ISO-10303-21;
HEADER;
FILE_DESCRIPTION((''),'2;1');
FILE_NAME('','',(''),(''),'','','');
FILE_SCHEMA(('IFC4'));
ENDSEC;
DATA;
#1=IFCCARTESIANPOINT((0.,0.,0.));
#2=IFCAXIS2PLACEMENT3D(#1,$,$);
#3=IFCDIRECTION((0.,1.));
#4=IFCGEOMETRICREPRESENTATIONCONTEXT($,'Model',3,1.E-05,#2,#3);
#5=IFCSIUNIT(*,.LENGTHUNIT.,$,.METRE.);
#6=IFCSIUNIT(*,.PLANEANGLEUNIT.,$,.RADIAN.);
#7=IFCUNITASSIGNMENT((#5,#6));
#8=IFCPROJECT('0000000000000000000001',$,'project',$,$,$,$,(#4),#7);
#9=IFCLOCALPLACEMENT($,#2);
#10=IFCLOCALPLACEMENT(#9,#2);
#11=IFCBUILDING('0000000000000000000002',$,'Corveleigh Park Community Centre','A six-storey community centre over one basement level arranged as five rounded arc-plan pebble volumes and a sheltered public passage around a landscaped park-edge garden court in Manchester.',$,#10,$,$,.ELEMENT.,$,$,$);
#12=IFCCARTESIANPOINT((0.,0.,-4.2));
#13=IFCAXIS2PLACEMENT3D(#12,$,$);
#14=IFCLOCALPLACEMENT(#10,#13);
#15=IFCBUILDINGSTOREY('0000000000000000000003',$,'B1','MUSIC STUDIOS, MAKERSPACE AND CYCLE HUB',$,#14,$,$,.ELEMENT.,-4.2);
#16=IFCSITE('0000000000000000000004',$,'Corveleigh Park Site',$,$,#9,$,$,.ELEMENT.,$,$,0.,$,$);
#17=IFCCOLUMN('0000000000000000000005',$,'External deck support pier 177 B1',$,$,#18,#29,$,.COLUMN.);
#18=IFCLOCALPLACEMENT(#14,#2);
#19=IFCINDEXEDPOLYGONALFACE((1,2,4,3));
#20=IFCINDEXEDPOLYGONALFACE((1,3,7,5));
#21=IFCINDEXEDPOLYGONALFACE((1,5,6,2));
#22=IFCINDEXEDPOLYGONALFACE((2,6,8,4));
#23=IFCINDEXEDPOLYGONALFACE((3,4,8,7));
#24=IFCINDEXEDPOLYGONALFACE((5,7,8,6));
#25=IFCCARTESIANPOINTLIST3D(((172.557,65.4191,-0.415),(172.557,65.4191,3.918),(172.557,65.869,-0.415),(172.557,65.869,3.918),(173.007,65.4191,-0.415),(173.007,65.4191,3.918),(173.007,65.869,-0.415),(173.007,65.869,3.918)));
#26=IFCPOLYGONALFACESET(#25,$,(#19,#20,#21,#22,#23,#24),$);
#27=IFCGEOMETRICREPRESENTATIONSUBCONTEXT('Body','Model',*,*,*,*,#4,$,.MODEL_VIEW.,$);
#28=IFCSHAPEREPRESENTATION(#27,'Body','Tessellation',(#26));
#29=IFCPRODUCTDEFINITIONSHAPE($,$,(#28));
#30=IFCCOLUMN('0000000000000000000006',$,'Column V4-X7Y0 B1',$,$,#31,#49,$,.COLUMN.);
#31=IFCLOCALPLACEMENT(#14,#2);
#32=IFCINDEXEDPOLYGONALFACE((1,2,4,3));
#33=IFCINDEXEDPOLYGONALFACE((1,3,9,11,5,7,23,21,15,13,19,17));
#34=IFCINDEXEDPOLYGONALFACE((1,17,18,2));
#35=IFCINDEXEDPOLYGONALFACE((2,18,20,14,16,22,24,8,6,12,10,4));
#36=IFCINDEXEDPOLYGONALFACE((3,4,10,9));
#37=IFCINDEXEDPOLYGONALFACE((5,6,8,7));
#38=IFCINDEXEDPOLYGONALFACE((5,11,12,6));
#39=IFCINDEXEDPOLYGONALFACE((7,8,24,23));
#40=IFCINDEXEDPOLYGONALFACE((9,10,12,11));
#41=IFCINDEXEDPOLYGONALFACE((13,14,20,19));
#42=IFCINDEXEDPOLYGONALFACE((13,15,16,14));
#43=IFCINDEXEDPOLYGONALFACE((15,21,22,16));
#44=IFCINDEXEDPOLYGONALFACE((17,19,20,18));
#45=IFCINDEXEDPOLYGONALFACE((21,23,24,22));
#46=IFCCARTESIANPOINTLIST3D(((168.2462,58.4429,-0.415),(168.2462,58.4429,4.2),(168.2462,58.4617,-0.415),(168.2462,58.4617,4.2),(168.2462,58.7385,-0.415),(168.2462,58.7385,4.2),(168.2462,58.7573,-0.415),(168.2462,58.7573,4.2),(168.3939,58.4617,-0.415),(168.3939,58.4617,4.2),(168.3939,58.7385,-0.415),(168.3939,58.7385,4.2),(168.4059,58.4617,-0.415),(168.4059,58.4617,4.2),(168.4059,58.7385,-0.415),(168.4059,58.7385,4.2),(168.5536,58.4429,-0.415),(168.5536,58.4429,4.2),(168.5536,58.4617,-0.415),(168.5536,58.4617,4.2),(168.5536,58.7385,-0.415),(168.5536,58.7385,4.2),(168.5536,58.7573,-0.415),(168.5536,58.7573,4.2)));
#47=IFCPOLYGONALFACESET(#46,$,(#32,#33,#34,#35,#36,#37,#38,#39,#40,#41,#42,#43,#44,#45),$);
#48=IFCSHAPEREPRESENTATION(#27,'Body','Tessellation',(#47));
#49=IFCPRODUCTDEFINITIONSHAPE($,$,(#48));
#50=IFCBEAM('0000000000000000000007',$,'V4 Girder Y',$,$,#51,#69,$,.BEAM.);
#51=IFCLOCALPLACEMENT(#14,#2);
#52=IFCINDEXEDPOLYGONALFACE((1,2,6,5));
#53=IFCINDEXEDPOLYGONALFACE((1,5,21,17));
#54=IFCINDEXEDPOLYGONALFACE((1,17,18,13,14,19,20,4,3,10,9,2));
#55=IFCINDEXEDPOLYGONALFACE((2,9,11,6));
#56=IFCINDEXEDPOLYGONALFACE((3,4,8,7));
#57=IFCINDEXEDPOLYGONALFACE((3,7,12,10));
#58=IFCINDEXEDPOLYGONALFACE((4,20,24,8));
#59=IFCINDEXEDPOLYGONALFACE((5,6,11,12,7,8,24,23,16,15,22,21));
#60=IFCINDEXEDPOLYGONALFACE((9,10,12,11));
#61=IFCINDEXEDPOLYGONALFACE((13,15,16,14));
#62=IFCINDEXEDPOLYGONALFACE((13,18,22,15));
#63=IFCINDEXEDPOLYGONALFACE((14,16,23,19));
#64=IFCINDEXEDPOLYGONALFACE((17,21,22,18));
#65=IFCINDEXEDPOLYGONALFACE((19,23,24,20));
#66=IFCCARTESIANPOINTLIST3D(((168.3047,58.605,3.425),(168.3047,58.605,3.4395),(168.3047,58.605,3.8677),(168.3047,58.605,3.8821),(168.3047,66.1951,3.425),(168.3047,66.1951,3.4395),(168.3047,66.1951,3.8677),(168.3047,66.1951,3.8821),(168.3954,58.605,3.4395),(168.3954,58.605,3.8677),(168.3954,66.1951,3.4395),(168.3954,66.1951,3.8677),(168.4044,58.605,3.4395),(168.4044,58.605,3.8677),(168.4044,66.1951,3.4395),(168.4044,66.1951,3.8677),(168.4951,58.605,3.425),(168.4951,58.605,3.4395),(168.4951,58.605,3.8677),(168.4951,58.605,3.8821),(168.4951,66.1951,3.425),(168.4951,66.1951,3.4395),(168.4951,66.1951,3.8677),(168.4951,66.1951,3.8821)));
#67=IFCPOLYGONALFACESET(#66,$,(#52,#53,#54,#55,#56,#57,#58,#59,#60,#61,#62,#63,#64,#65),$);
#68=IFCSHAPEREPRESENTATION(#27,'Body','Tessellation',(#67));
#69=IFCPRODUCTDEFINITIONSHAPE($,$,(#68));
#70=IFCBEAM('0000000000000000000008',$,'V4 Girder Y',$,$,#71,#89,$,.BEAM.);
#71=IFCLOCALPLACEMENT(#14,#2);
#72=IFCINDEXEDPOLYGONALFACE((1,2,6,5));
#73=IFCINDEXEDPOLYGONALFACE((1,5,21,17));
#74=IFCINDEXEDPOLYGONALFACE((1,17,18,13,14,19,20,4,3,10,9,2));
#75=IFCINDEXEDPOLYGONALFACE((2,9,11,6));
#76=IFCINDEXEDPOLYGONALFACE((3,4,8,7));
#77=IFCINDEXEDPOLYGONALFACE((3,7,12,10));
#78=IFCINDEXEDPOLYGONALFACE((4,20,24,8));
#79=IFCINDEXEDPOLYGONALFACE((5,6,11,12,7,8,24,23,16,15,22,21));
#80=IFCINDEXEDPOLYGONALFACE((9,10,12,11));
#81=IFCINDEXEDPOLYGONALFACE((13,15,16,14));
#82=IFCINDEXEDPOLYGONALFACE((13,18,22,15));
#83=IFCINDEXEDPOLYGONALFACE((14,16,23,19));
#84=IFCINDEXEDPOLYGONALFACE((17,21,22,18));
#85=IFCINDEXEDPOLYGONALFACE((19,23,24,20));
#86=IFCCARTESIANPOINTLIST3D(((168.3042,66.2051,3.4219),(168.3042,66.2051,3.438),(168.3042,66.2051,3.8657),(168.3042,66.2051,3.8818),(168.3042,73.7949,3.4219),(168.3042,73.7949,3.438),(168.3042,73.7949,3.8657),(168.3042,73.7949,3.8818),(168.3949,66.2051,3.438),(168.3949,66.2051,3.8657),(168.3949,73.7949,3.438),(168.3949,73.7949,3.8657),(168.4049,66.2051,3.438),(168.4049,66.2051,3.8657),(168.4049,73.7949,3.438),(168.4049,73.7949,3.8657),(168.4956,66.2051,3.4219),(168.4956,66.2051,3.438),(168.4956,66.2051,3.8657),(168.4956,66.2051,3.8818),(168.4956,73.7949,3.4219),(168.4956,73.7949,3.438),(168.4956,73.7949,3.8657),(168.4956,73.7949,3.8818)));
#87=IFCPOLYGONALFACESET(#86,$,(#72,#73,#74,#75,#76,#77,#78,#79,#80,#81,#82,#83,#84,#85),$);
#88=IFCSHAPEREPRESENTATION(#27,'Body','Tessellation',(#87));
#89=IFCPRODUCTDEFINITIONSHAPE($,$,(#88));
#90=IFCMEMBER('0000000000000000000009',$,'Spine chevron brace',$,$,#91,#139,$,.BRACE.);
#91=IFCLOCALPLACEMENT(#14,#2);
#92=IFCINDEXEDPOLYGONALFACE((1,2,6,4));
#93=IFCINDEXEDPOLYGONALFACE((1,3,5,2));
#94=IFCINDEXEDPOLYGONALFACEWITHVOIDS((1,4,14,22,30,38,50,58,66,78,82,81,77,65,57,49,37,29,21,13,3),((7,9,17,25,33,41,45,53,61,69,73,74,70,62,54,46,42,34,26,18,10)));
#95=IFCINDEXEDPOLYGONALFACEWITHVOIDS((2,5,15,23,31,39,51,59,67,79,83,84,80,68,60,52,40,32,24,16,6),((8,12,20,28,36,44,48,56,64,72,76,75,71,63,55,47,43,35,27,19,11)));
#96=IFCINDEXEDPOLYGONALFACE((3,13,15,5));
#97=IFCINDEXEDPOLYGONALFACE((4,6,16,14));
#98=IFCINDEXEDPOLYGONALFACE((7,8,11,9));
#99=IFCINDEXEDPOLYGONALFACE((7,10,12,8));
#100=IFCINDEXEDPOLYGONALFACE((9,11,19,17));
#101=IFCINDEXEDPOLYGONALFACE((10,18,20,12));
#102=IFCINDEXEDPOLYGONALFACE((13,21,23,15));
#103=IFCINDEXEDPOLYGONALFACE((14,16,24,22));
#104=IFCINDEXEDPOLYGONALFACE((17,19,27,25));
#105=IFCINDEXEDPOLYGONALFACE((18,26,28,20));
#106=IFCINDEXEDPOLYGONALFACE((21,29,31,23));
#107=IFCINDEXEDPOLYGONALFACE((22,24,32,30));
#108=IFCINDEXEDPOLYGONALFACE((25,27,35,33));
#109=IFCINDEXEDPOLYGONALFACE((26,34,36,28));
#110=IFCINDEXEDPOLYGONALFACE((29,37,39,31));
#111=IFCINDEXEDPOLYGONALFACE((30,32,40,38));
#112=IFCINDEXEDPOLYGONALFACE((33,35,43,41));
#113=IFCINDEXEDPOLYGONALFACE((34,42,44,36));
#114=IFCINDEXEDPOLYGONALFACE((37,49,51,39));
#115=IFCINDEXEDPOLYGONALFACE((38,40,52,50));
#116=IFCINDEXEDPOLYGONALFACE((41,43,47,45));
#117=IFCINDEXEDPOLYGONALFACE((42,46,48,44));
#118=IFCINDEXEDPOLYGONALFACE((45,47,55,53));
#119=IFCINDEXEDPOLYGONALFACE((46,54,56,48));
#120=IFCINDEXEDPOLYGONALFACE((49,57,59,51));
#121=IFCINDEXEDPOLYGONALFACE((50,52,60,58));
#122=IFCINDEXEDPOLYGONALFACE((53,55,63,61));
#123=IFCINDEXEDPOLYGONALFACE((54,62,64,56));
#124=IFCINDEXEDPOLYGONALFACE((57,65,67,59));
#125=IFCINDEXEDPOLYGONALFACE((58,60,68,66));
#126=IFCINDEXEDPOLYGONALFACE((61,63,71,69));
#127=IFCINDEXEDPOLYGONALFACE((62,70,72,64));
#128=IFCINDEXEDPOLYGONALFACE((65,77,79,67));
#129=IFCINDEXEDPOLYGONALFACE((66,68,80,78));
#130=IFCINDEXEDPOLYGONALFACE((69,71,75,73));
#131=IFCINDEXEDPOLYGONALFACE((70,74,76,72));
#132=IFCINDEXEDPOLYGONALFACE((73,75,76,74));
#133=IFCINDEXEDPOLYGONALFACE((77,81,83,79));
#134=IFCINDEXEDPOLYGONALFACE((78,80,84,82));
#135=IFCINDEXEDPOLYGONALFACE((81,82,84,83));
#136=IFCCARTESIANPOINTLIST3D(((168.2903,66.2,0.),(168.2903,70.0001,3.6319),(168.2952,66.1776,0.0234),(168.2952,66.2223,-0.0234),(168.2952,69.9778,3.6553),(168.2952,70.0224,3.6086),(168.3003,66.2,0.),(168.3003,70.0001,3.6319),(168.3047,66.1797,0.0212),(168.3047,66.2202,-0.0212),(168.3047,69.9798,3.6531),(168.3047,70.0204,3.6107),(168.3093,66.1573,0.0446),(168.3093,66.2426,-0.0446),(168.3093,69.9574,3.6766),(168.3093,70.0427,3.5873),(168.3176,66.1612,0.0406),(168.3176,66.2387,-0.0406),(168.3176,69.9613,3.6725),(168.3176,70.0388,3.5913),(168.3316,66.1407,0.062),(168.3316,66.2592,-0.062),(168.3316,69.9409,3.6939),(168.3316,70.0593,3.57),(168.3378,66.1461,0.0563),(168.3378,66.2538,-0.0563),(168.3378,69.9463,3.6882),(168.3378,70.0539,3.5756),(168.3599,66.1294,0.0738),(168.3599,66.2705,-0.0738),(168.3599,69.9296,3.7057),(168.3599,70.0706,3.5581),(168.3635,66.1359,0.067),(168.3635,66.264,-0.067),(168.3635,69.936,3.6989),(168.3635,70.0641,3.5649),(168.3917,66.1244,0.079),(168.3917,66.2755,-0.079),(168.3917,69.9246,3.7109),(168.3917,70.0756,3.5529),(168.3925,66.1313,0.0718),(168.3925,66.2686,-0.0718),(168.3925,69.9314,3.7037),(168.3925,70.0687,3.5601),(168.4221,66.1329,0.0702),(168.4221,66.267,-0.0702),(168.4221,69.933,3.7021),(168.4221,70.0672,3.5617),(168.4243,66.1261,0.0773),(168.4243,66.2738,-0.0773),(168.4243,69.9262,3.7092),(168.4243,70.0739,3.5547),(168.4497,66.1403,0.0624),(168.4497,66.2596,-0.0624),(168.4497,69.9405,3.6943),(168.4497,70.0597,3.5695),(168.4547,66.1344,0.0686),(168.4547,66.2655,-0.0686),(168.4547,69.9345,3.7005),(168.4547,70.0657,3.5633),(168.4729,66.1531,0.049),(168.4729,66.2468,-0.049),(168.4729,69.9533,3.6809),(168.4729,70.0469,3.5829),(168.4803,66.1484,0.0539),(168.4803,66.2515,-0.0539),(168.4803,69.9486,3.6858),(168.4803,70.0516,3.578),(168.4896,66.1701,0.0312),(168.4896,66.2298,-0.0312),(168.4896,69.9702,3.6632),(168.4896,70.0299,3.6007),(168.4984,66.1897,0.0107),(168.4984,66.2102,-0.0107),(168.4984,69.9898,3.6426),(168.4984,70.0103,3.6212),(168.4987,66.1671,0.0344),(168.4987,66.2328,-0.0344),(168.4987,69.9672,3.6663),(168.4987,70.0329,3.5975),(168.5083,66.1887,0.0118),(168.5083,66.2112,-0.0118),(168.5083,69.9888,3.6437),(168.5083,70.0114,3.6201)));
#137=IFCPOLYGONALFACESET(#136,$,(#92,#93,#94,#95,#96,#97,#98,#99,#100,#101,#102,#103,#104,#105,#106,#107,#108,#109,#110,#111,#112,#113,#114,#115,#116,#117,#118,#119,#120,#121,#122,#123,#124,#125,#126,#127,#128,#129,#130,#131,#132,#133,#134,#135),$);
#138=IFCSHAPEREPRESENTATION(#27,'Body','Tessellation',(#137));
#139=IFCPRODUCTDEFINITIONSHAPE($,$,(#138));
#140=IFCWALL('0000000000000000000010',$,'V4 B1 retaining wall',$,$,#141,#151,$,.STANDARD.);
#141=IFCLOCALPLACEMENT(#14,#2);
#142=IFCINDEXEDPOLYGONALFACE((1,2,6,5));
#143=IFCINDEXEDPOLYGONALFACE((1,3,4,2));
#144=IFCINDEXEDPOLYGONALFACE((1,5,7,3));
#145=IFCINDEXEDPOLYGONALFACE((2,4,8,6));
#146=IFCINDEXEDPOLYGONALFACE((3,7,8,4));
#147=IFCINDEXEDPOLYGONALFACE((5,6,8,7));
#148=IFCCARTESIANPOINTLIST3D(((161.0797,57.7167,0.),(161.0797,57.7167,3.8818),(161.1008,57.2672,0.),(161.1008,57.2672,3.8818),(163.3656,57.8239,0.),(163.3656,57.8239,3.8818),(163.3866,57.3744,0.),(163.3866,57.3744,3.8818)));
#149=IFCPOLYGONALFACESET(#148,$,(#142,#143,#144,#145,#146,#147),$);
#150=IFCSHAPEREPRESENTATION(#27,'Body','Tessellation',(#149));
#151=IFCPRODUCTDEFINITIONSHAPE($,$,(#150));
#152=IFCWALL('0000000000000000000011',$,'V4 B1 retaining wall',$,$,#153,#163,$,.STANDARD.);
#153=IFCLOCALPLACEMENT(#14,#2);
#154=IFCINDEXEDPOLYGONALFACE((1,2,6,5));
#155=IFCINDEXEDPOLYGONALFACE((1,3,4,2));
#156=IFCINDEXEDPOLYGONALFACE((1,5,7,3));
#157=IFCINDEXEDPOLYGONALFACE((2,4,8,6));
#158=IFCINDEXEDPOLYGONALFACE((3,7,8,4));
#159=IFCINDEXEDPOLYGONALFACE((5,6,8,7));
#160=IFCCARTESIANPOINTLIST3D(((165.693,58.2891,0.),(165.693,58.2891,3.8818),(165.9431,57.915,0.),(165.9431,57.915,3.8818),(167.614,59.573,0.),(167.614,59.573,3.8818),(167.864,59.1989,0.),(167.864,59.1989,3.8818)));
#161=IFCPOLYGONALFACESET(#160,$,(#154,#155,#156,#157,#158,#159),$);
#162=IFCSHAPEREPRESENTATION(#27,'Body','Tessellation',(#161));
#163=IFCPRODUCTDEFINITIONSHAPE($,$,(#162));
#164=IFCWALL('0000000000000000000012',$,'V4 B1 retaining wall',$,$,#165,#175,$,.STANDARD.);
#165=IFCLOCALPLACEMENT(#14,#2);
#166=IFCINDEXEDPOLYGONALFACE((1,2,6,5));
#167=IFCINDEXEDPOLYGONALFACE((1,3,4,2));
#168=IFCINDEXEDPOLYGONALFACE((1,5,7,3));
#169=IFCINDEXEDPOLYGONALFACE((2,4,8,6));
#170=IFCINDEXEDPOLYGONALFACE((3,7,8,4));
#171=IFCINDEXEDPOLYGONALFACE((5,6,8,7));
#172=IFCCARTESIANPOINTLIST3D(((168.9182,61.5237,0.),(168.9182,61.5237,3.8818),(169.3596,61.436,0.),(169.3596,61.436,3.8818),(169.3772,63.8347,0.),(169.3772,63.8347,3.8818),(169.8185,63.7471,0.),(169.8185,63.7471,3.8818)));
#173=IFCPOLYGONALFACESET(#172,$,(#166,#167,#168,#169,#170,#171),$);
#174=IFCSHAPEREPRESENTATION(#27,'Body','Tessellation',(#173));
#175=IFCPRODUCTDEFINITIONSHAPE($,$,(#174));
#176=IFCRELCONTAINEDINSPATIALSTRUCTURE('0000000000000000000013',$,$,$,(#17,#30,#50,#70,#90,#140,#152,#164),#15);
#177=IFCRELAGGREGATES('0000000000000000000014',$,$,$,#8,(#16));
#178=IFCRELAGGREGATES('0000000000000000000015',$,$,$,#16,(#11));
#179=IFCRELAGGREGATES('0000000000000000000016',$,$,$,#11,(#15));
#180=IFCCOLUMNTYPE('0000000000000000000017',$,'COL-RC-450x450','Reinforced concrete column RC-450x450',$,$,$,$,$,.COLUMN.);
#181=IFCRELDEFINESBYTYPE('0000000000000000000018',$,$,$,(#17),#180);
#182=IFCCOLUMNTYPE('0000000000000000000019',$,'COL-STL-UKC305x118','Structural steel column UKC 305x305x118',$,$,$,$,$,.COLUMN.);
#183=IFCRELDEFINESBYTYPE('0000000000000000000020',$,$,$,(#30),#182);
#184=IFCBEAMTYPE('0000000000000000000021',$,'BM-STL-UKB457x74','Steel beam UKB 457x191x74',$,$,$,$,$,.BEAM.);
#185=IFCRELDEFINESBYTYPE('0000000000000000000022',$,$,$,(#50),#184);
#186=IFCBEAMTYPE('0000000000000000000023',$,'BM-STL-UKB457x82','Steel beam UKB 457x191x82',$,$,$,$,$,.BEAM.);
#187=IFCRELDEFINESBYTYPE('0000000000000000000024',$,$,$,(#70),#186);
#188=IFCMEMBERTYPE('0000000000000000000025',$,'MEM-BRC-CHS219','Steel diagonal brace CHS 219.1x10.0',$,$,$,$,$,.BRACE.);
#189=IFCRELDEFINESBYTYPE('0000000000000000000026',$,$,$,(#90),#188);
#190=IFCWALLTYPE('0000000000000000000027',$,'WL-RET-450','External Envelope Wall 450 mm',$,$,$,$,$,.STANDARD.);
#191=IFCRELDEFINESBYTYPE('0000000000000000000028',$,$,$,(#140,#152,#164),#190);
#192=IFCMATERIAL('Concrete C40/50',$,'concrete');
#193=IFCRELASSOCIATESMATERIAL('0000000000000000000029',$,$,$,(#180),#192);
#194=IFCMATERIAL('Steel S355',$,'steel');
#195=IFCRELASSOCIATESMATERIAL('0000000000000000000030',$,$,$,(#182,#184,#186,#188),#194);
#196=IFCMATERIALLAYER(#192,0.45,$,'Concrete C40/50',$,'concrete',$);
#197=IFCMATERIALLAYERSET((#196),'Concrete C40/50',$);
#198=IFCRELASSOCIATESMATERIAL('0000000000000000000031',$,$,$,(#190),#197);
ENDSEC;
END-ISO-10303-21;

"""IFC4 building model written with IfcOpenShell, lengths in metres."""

from ifc_helpers import new_model, si_unit, direction, frame, frame_2d, origin, origin_2d, place, context, subcontext, project, spatial, rectangle, hollow_circle, i_section, extrude, material, layer, layer_set, material_profile, profile_set, type_object, element, save


model = new_model("IFC4")

# Units and contexts
model_context = context("Model", 3, precision=1e-05, world=origin(), true_north=direction((0.0, 1.0)))
body_context = subcontext(model_context, "Body", "Model", "MODEL_VIEW")
ifc_project = project(units=[si_unit("LENGTHUNIT", "METRE"), si_unit("PLANEANGLEUNIT", "RADIAN")], contexts=[model_context])

# Site, building, storey
site_placement = place(None, origin())
site = spatial("IfcSite", under=ifc_project, at=site_placement, Name="Corveleigh Park Site", CompositionType="ELEMENT", RefElevation=0.0)
building_placement = place(site_placement, origin())
building = spatial("IfcBuilding", under=site, at=building_placement, Name="Corveleigh Park Community Centre", Description="A six-storey community centre over one basement level arranged as five rounded arc-plan pebble volumes and a sheltered public passage around a landscaped park-edge garden court in Manchester.", CompositionType="ELEMENT")
storey_placement = place(building_placement, frame((0.0, 0.0, -4.2)))
storey = spatial("IfcBuildingStorey", under=building, at=storey_placement, Name="B1", Description="MUSIC STUDIOS, MAKERSPACE AND CYCLE HUB", CompositionType="ELEMENT", Elevation=-4.2)

# Shared definitions
ifc_material_1 = material(Name="Concrete C40/50", Category="concrete")

# Columns
ifc_material_profile_1 = material_profile(ifc_material_1, rectangle(XDim=0.45, YDim=0.45, at=origin_2d()), Name="RC-450x450", Category="concrete")
ifc_profile_set_1 = profile_set([ifc_material_profile_1], Name="Concrete C40/50")
column_type_1 = type_object("IfcColumnType", Name="COL-RC-450x450", Description="Reinforced concrete column RC-450x450", PredefinedType="COLUMN", material=ifc_profile_set_1)
column_1_placement = place(storey_placement, frame((172.782, 65.644, -0.415), z_axis=(0.0, 0.0, 1.0), x_axis=(1.0, 0.0, 0.0)))
element("IfcColumn", 1, at=column_1_placement, inside=storey, type_object=column_type_1, Name="External deck support pier 177 B1", PredefinedType="COLUMN", context=body_context, shape_type="SweptSolid", body=[
    extrude(rectangle(XDim=0.45, YDim=0.45, at=origin_2d()), origin(), (0.0, 0.0, 1.0), 4.333),
])
ifc_material_2 = material(Name="Steel S355", Category="steel")
ifc_material_profile_2 = material_profile(ifc_material_2, i_section(OverallWidth=0.3074, OverallDepth=0.3145, WebThickness=0.012, FlangeThickness=0.0188, at=origin_2d()), Name="UKC 305x305x118", Category="steel")
ifc_profile_set_2 = profile_set([ifc_material_profile_2], Name="Steel S355")
column_type_2 = type_object("IfcColumnType", Name="COL-STL-UKC305x118", Description="Structural steel column UKC 305x305x118", PredefinedType="COLUMN", material=ifc_profile_set_2)
column_2_placement = place(storey_placement, frame((168.3999, 58.6001, -0.415), z_axis=(0.0, 0.0, 1.0), x_axis=(1.0, 0.0, 0.0)))
element("IfcColumn", 2, at=column_2_placement, inside=storey, type_object=column_type_2, Name="Column V4-X7Y0 B1", PredefinedType="COLUMN", context=body_context, shape_type="SweptSolid", body=[
    extrude(i_section(OverallWidth=0.3074, OverallDepth=0.3145, WebThickness=0.012, FlangeThickness=0.0188, at=origin_2d()), origin(), (0.0, 0.0, 1.0), 4.615),
])

# Beams
ifc_material_profile_3 = material_profile(ifc_material_2, i_section(OverallWidth=0.1904, OverallDepth=0.457, WebThickness=0.009, FlangeThickness=0.0144, at=origin_2d()), Name="UKB 457x191x74", Category="steel")
ifc_profile_set_3 = profile_set([ifc_material_profile_3], Name="Steel S355")
beam_type_1 = type_object("IfcBeamType", Name="BM-STL-UKB457x74", Description="Steel beam UKB 457x191x74", PredefinedType="BEAM", material=ifc_profile_set_3)
beam_1_placement = place(storey_placement, frame((168.3999, 58.605, 3.6536), z_axis=(0.0, 1.0, 0.0), x_axis=(-1.0, 0.0, 0.0)))
element("IfcBeam", 3, at=beam_1_placement, inside=storey, type_object=beam_type_1, Name="V4 Girder Y", PredefinedType="BEAM", context=body_context, shape_type="SweptSolid", body=[
    extrude(i_section(OverallWidth=0.1904, OverallDepth=0.457, WebThickness=0.009, FlangeThickness=0.0144, at=origin_2d()), origin(), (0.0, 0.0, 1.0), 7.5901),
])
ifc_material_profile_4 = material_profile(ifc_material_2, i_section(OverallWidth=0.1914, OverallDepth=0.46, WebThickness=0.01, FlangeThickness=0.0161, at=origin_2d()), Name="UKB 457x191x82", Category="steel")
ifc_profile_set_4 = profile_set([ifc_material_profile_4], Name="Steel S355")
beam_type_2 = type_object("IfcBeamType", Name="BM-STL-UKB457x82", Description="Steel beam UKB 457x191x82", PredefinedType="BEAM", material=ifc_profile_set_4)
beam_2_placement = place(storey_placement, frame((168.3999, 66.2051, 3.6519), z_axis=(0.0, 1.0, 0.0), x_axis=(-1.0, 0.0, 0.0)))
element("IfcBeam", 4, at=beam_2_placement, inside=storey, type_object=beam_type_2, Name="V4 Girder Y", PredefinedType="BEAM", context=body_context, shape_type="SweptSolid", body=[
    extrude(i_section(OverallWidth=0.1914, OverallDepth=0.46, WebThickness=0.01, FlangeThickness=0.0161, at=origin_2d()), origin(), (0.0, 0.0, 1.0), 7.5898),
])

# Member
ifc_material_profile_5 = material_profile(ifc_material_2, hollow_circle(Radius=0.1096, WallThickness=0.01, at=origin_2d()), Name="CHS 219.1x10.0", Category="steel")
ifc_profile_set_5 = profile_set([ifc_material_profile_5], Name="Steel S355")
member_type = type_object("IfcMemberType", Name="MEM-BRC-CHS219", Description="Steel diagonal brace CHS 219.1x10.0", PredefinedType="BRACE", material=ifc_profile_set_5)
member_placement = place(storey_placement, frame((168.3999, 66.2, 0.0), z_axis=(0.0, 0.722926, 0.690925), x_axis=(-1.0, 0.0, 0.0)))
element("IfcMember", 5, at=member_placement, inside=storey, type_object=member_type, Name="Spine chevron brace", PredefinedType="BRACE", context=body_context, shape_type="SweptSolid", body=[
    extrude(hollow_circle(Radius=0.1096, WallThickness=0.01, at=origin_2d()), origin(), (0.0, 0.0, 1.0), 5.2566),
])

# Walls
ifc_layer_1 = layer(ifc_material_1, 0.45, Name="Concrete C40/50", Category="concrete")
ifc_layer_set_1 = layer_set([ifc_layer_1], Name="Concrete C40/50")
wall_type_1 = type_object("IfcWallType", Name="WL-RET-450", Description="External Envelope Wall 450 mm", PredefinedType="STANDARD", material=ifc_layer_set_1)
wall_1_placement = place(storey_placement, frame((163.376, 57.5991, 0.0), z_axis=(0.0, 0.0, 1.0), x_axis=(-0.998903, -0.046835, 0.0)))
element("IfcWall", 6, at=wall_1_placement, inside=storey, type_object=wall_type_1, Name="V4 B1 retaining wall", PredefinedType="STANDARD", context=body_context, shape_type="SweptSolid", body=[
    extrude(rectangle(XDim=2.2883, YDim=0.45, at=frame_2d((1.144, 0.0))), origin(), (0.0, 0.0, 1.0), 3.8818),
])
wall_2_placement = place(storey_placement, frame((167.739, 59.386, 0.0), z_axis=(0.0, 0.0, 1.0), x_axis=(-0.831383, -0.5557, 0.0)))
element("IfcWall", 7, at=wall_2_placement, inside=storey, type_object=wall_type_1, Name="V4 B1 retaining wall", PredefinedType="STANDARD", context=body_context, shape_type="SweptSolid", body=[
    extrude(rectangle(XDim=2.3105, YDim=0.45, at=frame_2d((1.1553, 0.0))), origin(), (0.0, 0.0, 1.0), 3.8818),
])
wall_3_placement = place(storey_placement, frame((169.5979, 63.791, 0.0), z_axis=(0.0, 0.0, 1.0), x_axis=(-0.194801, -0.980843, 0.0)))
element("IfcWall", 8, at=wall_3_placement, inside=storey, type_object=wall_type_1, Name="V4 B1 retaining wall", PredefinedType="STANDARD", context=body_context, shape_type="SweptSolid", body=[
    extrude(rectangle(XDim=2.3562, YDim=0.45, at=frame_2d((1.1782, 0.0))), origin(), (0.0, 0.0, 1.0), 3.8818),
])

save(model, "model.ifc")
